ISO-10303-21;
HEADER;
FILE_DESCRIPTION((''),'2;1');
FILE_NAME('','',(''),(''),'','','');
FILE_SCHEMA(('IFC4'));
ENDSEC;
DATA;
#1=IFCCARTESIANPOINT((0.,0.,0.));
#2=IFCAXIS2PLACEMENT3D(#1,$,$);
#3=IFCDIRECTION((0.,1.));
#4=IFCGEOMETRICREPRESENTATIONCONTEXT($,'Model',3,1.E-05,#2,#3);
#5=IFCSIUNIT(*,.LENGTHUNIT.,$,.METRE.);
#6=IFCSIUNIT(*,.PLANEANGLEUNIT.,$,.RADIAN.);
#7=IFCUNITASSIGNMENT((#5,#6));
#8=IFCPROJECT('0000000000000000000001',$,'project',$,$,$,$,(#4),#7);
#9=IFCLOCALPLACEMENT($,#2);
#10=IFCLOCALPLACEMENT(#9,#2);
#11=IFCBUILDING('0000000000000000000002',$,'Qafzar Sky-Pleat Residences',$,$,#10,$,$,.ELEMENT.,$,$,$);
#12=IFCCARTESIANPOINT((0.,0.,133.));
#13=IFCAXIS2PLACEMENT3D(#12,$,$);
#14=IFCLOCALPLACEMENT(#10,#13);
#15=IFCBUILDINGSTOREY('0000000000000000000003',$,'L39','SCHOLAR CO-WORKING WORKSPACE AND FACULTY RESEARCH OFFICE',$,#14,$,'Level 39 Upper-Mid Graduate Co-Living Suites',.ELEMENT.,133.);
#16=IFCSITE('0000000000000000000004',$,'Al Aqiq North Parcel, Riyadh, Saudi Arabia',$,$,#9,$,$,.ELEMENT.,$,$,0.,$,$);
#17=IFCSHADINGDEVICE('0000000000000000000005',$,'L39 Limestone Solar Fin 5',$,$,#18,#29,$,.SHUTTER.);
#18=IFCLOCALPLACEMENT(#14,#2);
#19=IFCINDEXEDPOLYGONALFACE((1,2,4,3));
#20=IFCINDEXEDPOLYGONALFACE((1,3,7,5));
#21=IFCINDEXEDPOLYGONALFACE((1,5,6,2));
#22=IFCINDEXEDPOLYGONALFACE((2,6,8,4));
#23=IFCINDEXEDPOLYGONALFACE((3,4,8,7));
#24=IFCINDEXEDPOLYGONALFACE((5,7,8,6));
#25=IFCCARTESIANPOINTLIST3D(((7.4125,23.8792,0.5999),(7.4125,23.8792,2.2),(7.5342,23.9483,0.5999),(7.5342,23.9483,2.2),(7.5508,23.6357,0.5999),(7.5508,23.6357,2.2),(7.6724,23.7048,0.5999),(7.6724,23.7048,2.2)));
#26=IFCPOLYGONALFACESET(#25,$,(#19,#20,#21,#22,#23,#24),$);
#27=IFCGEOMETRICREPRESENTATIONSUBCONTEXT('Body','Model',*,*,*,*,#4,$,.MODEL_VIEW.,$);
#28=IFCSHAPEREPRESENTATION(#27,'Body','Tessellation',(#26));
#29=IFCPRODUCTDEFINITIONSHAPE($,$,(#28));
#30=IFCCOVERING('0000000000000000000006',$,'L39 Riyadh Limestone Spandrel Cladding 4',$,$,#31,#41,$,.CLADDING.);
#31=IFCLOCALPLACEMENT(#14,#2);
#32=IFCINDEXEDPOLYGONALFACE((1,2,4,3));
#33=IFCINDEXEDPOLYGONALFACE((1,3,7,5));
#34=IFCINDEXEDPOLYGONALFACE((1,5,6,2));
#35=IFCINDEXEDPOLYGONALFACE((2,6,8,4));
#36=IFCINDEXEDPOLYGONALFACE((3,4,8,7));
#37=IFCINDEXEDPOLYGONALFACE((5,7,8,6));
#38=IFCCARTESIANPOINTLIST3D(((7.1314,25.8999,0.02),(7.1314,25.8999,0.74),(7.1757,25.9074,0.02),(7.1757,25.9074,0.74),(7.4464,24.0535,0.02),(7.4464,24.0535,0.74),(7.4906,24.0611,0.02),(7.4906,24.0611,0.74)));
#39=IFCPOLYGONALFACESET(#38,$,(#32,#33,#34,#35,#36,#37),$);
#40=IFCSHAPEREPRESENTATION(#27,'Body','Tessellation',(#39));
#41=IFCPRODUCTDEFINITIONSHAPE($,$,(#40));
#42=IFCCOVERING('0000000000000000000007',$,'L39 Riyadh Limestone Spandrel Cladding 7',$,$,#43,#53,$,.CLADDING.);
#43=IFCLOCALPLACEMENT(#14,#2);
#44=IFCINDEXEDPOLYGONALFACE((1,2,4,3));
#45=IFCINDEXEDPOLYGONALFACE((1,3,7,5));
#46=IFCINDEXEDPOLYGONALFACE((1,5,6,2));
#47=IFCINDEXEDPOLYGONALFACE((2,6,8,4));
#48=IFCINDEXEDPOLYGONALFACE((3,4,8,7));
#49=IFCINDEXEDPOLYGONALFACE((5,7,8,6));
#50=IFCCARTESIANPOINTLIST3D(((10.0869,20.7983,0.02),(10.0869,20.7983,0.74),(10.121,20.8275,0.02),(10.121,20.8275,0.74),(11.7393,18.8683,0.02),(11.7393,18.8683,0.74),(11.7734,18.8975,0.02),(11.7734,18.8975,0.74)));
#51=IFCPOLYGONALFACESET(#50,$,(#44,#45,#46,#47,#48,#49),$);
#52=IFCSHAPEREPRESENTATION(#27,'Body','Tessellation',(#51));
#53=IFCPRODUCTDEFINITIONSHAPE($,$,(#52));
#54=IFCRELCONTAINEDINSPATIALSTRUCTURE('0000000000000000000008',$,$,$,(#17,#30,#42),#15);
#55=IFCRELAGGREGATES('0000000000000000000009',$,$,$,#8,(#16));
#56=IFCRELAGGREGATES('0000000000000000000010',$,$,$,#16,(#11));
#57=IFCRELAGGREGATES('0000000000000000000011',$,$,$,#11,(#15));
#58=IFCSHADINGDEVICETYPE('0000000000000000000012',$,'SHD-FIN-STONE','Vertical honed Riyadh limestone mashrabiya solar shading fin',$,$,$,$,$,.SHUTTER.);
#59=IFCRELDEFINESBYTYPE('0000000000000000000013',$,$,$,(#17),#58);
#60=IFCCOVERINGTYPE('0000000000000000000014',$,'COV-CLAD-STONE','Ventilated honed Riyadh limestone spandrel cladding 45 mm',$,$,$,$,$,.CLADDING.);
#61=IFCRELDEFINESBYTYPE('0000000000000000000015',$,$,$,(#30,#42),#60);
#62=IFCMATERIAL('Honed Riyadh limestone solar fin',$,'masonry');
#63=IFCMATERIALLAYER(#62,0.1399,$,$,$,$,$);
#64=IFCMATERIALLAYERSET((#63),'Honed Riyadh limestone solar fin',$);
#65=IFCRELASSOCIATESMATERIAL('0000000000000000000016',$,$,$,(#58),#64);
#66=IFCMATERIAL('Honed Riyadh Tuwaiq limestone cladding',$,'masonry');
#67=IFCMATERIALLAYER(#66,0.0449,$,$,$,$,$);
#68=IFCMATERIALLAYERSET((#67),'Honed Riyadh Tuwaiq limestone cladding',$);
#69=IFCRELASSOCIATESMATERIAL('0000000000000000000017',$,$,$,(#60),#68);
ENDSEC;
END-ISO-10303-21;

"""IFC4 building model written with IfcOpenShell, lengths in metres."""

from ifc_helpers import new_model, si_unit, direction, frame, origin, origin_2d, place, context, subcontext, project, spatial, rectangle, extrude, source, transform, mapped, material, layer, layer_set, type_object, element, save


model = new_model("IFC4")

# Units and contexts
model_context = context("Model", 3, precision=1e-05, world=origin(), true_north=direction((0.0, 1.0)))
body_context = subcontext(model_context, "Body", "Model", "MODEL_VIEW")
ifc_project = project(units=[si_unit("LENGTHUNIT", "METRE"), si_unit("PLANEANGLEUNIT", "RADIAN")], contexts=[model_context])

# Site, building, storey
site_placement = place(None, origin())
site = spatial("IfcSite", under=ifc_project, at=site_placement, Name="Al Aqiq North Parcel, Riyadh, Saudi Arabia", CompositionType="ELEMENT", RefElevation=0.0)
building_placement = place(site_placement, origin())
building = spatial("IfcBuilding", under=site, at=building_placement, Name="Qafzar Sky-Pleat Residences", CompositionType="ELEMENT")
storey_placement = place(building_placement, frame((0.0, 0.0, 133.0)))
storey = spatial("IfcBuildingStorey", under=building, at=storey_placement, Name="L39", Description="SCHOLAR CO-WORKING WORKSPACE AND FACULTY RESEARCH OFFICE", LongName="Level 39 Upper-Mid Graduate Co-Living Suites", CompositionType="ELEMENT", Elevation=133.0)

# Shading device
ifc_material_1 = material(Name="Honed Riyadh limestone solar fin", Category="masonry")
ifc_layer_1 = layer(ifc_material_1, 0.1399)
ifc_layer_set_1 = layer_set([ifc_layer_1], Name="Honed Riyadh limestone solar fin")
shading_device_type = type_object("IfcShadingDeviceType", Name="SHD-FIN-STONE", Description="Vertical honed Riyadh limestone mashrabiya solar shading fin", PredefinedType="SHUTTER", material=ifc_layer_set_1)
shared_shape_1 = source(origin(), body_context, "Body", "SweptSolid", [
    extrude(rectangle(XDim=0.1399, YDim=0.28, at=origin_2d()), origin(), (0.0, 0.0, 1.0), 1.6001),
])
shading_device_placement = place(storey_placement, frame((7.5425, 23.792, 0.5999), z_axis=(0.0, 0.0, 1.0), x_axis=(-0.869615, -0.493731, 0.0)))
element("IfcShadingDevice", 1, at=shading_device_placement, inside=storey, type_object=shading_device_type, Name="L39 Limestone Solar Fin 5", PredefinedType="SHUTTER", context=body_context, shape_type="MappedRepresentation", body=[
    mapped(shared_shape_1, transform((0.0, 0.0, 0.0), x_axis=(1.0, 0.0, 0.0), y_axis=(0.0, 1.0, 0.0), z_axis=(0.0, 0.0, 1.0), scale=1.0)),
])

# Coverings
ifc_material_2 = material(Name="Honed Riyadh Tuwaiq limestone cladding", Category="masonry")
ifc_layer_2 = layer(ifc_material_2, 0.0449)
ifc_layer_set_2 = layer_set([ifc_layer_2], Name="Honed Riyadh Tuwaiq limestone cladding")
covering_type = type_object("IfcCoveringType", Name="COV-CLAD-STONE", Description="Ventilated honed Riyadh limestone spandrel cladding 45 mm", PredefinedType="CLADDING", material=ifc_layer_set_2)
shared_shape_2 = source(origin(), body_context, "Body", "SweptSolid", [
    extrude(rectangle(XDim=1.873, YDim=0.0449, at=origin_2d()), origin(), (0.0, 0.0, 1.0), 0.72),
])
covering_1_placement = place(storey_placement, frame((7.311, 24.9805, 0.02), z_axis=(0.0, 0.0, 1.0), x_axis=(0.16813, -0.985765, 0.0)))
element("IfcCovering", 2, at=covering_1_placement, inside=storey, type_object=covering_type, Name="L39 Riyadh Limestone Spandrel Cladding 4", PredefinedType="CLADDING", context=body_context, shape_type="MappedRepresentation", body=[
    mapped(shared_shape_2, transform((0.0, 0.0, 0.0), x_axis=(1.0, 0.0, 0.0), y_axis=(0.0, 1.0, 0.0), z_axis=(0.0, 0.0, 1.0), scale=1.0)),
])
shared_shape_3 = source(origin(), body_context, "Body", "SweptSolid", [
    extrude(rectangle(XDim=2.5408, YDim=0.0449, at=origin_2d()), origin(), (0.0, 0.0, 1.0), 0.72),
])
covering_2_placement = place(storey_placement, frame((10.9302, 19.8479, 0.02), z_axis=(0.0, 0.0, 1.0), x_axis=(0.650357, -0.759629, 0.0)))
element("IfcCovering", 3, at=covering_2_placement, inside=storey, type_object=covering_type, Name="L39 Riyadh Limestone Spandrel Cladding 7", PredefinedType="CLADDING", context=body_context, shape_type="MappedRepresentation", body=[
    mapped(shared_shape_3, transform((0.0, 0.0, 0.0), x_axis=(1.0, 0.0, 0.0), y_axis=(0.0, 1.0, 0.0), z_axis=(0.0, 0.0, 1.0), scale=1.0)),
])

save(model, "model.ifc")
